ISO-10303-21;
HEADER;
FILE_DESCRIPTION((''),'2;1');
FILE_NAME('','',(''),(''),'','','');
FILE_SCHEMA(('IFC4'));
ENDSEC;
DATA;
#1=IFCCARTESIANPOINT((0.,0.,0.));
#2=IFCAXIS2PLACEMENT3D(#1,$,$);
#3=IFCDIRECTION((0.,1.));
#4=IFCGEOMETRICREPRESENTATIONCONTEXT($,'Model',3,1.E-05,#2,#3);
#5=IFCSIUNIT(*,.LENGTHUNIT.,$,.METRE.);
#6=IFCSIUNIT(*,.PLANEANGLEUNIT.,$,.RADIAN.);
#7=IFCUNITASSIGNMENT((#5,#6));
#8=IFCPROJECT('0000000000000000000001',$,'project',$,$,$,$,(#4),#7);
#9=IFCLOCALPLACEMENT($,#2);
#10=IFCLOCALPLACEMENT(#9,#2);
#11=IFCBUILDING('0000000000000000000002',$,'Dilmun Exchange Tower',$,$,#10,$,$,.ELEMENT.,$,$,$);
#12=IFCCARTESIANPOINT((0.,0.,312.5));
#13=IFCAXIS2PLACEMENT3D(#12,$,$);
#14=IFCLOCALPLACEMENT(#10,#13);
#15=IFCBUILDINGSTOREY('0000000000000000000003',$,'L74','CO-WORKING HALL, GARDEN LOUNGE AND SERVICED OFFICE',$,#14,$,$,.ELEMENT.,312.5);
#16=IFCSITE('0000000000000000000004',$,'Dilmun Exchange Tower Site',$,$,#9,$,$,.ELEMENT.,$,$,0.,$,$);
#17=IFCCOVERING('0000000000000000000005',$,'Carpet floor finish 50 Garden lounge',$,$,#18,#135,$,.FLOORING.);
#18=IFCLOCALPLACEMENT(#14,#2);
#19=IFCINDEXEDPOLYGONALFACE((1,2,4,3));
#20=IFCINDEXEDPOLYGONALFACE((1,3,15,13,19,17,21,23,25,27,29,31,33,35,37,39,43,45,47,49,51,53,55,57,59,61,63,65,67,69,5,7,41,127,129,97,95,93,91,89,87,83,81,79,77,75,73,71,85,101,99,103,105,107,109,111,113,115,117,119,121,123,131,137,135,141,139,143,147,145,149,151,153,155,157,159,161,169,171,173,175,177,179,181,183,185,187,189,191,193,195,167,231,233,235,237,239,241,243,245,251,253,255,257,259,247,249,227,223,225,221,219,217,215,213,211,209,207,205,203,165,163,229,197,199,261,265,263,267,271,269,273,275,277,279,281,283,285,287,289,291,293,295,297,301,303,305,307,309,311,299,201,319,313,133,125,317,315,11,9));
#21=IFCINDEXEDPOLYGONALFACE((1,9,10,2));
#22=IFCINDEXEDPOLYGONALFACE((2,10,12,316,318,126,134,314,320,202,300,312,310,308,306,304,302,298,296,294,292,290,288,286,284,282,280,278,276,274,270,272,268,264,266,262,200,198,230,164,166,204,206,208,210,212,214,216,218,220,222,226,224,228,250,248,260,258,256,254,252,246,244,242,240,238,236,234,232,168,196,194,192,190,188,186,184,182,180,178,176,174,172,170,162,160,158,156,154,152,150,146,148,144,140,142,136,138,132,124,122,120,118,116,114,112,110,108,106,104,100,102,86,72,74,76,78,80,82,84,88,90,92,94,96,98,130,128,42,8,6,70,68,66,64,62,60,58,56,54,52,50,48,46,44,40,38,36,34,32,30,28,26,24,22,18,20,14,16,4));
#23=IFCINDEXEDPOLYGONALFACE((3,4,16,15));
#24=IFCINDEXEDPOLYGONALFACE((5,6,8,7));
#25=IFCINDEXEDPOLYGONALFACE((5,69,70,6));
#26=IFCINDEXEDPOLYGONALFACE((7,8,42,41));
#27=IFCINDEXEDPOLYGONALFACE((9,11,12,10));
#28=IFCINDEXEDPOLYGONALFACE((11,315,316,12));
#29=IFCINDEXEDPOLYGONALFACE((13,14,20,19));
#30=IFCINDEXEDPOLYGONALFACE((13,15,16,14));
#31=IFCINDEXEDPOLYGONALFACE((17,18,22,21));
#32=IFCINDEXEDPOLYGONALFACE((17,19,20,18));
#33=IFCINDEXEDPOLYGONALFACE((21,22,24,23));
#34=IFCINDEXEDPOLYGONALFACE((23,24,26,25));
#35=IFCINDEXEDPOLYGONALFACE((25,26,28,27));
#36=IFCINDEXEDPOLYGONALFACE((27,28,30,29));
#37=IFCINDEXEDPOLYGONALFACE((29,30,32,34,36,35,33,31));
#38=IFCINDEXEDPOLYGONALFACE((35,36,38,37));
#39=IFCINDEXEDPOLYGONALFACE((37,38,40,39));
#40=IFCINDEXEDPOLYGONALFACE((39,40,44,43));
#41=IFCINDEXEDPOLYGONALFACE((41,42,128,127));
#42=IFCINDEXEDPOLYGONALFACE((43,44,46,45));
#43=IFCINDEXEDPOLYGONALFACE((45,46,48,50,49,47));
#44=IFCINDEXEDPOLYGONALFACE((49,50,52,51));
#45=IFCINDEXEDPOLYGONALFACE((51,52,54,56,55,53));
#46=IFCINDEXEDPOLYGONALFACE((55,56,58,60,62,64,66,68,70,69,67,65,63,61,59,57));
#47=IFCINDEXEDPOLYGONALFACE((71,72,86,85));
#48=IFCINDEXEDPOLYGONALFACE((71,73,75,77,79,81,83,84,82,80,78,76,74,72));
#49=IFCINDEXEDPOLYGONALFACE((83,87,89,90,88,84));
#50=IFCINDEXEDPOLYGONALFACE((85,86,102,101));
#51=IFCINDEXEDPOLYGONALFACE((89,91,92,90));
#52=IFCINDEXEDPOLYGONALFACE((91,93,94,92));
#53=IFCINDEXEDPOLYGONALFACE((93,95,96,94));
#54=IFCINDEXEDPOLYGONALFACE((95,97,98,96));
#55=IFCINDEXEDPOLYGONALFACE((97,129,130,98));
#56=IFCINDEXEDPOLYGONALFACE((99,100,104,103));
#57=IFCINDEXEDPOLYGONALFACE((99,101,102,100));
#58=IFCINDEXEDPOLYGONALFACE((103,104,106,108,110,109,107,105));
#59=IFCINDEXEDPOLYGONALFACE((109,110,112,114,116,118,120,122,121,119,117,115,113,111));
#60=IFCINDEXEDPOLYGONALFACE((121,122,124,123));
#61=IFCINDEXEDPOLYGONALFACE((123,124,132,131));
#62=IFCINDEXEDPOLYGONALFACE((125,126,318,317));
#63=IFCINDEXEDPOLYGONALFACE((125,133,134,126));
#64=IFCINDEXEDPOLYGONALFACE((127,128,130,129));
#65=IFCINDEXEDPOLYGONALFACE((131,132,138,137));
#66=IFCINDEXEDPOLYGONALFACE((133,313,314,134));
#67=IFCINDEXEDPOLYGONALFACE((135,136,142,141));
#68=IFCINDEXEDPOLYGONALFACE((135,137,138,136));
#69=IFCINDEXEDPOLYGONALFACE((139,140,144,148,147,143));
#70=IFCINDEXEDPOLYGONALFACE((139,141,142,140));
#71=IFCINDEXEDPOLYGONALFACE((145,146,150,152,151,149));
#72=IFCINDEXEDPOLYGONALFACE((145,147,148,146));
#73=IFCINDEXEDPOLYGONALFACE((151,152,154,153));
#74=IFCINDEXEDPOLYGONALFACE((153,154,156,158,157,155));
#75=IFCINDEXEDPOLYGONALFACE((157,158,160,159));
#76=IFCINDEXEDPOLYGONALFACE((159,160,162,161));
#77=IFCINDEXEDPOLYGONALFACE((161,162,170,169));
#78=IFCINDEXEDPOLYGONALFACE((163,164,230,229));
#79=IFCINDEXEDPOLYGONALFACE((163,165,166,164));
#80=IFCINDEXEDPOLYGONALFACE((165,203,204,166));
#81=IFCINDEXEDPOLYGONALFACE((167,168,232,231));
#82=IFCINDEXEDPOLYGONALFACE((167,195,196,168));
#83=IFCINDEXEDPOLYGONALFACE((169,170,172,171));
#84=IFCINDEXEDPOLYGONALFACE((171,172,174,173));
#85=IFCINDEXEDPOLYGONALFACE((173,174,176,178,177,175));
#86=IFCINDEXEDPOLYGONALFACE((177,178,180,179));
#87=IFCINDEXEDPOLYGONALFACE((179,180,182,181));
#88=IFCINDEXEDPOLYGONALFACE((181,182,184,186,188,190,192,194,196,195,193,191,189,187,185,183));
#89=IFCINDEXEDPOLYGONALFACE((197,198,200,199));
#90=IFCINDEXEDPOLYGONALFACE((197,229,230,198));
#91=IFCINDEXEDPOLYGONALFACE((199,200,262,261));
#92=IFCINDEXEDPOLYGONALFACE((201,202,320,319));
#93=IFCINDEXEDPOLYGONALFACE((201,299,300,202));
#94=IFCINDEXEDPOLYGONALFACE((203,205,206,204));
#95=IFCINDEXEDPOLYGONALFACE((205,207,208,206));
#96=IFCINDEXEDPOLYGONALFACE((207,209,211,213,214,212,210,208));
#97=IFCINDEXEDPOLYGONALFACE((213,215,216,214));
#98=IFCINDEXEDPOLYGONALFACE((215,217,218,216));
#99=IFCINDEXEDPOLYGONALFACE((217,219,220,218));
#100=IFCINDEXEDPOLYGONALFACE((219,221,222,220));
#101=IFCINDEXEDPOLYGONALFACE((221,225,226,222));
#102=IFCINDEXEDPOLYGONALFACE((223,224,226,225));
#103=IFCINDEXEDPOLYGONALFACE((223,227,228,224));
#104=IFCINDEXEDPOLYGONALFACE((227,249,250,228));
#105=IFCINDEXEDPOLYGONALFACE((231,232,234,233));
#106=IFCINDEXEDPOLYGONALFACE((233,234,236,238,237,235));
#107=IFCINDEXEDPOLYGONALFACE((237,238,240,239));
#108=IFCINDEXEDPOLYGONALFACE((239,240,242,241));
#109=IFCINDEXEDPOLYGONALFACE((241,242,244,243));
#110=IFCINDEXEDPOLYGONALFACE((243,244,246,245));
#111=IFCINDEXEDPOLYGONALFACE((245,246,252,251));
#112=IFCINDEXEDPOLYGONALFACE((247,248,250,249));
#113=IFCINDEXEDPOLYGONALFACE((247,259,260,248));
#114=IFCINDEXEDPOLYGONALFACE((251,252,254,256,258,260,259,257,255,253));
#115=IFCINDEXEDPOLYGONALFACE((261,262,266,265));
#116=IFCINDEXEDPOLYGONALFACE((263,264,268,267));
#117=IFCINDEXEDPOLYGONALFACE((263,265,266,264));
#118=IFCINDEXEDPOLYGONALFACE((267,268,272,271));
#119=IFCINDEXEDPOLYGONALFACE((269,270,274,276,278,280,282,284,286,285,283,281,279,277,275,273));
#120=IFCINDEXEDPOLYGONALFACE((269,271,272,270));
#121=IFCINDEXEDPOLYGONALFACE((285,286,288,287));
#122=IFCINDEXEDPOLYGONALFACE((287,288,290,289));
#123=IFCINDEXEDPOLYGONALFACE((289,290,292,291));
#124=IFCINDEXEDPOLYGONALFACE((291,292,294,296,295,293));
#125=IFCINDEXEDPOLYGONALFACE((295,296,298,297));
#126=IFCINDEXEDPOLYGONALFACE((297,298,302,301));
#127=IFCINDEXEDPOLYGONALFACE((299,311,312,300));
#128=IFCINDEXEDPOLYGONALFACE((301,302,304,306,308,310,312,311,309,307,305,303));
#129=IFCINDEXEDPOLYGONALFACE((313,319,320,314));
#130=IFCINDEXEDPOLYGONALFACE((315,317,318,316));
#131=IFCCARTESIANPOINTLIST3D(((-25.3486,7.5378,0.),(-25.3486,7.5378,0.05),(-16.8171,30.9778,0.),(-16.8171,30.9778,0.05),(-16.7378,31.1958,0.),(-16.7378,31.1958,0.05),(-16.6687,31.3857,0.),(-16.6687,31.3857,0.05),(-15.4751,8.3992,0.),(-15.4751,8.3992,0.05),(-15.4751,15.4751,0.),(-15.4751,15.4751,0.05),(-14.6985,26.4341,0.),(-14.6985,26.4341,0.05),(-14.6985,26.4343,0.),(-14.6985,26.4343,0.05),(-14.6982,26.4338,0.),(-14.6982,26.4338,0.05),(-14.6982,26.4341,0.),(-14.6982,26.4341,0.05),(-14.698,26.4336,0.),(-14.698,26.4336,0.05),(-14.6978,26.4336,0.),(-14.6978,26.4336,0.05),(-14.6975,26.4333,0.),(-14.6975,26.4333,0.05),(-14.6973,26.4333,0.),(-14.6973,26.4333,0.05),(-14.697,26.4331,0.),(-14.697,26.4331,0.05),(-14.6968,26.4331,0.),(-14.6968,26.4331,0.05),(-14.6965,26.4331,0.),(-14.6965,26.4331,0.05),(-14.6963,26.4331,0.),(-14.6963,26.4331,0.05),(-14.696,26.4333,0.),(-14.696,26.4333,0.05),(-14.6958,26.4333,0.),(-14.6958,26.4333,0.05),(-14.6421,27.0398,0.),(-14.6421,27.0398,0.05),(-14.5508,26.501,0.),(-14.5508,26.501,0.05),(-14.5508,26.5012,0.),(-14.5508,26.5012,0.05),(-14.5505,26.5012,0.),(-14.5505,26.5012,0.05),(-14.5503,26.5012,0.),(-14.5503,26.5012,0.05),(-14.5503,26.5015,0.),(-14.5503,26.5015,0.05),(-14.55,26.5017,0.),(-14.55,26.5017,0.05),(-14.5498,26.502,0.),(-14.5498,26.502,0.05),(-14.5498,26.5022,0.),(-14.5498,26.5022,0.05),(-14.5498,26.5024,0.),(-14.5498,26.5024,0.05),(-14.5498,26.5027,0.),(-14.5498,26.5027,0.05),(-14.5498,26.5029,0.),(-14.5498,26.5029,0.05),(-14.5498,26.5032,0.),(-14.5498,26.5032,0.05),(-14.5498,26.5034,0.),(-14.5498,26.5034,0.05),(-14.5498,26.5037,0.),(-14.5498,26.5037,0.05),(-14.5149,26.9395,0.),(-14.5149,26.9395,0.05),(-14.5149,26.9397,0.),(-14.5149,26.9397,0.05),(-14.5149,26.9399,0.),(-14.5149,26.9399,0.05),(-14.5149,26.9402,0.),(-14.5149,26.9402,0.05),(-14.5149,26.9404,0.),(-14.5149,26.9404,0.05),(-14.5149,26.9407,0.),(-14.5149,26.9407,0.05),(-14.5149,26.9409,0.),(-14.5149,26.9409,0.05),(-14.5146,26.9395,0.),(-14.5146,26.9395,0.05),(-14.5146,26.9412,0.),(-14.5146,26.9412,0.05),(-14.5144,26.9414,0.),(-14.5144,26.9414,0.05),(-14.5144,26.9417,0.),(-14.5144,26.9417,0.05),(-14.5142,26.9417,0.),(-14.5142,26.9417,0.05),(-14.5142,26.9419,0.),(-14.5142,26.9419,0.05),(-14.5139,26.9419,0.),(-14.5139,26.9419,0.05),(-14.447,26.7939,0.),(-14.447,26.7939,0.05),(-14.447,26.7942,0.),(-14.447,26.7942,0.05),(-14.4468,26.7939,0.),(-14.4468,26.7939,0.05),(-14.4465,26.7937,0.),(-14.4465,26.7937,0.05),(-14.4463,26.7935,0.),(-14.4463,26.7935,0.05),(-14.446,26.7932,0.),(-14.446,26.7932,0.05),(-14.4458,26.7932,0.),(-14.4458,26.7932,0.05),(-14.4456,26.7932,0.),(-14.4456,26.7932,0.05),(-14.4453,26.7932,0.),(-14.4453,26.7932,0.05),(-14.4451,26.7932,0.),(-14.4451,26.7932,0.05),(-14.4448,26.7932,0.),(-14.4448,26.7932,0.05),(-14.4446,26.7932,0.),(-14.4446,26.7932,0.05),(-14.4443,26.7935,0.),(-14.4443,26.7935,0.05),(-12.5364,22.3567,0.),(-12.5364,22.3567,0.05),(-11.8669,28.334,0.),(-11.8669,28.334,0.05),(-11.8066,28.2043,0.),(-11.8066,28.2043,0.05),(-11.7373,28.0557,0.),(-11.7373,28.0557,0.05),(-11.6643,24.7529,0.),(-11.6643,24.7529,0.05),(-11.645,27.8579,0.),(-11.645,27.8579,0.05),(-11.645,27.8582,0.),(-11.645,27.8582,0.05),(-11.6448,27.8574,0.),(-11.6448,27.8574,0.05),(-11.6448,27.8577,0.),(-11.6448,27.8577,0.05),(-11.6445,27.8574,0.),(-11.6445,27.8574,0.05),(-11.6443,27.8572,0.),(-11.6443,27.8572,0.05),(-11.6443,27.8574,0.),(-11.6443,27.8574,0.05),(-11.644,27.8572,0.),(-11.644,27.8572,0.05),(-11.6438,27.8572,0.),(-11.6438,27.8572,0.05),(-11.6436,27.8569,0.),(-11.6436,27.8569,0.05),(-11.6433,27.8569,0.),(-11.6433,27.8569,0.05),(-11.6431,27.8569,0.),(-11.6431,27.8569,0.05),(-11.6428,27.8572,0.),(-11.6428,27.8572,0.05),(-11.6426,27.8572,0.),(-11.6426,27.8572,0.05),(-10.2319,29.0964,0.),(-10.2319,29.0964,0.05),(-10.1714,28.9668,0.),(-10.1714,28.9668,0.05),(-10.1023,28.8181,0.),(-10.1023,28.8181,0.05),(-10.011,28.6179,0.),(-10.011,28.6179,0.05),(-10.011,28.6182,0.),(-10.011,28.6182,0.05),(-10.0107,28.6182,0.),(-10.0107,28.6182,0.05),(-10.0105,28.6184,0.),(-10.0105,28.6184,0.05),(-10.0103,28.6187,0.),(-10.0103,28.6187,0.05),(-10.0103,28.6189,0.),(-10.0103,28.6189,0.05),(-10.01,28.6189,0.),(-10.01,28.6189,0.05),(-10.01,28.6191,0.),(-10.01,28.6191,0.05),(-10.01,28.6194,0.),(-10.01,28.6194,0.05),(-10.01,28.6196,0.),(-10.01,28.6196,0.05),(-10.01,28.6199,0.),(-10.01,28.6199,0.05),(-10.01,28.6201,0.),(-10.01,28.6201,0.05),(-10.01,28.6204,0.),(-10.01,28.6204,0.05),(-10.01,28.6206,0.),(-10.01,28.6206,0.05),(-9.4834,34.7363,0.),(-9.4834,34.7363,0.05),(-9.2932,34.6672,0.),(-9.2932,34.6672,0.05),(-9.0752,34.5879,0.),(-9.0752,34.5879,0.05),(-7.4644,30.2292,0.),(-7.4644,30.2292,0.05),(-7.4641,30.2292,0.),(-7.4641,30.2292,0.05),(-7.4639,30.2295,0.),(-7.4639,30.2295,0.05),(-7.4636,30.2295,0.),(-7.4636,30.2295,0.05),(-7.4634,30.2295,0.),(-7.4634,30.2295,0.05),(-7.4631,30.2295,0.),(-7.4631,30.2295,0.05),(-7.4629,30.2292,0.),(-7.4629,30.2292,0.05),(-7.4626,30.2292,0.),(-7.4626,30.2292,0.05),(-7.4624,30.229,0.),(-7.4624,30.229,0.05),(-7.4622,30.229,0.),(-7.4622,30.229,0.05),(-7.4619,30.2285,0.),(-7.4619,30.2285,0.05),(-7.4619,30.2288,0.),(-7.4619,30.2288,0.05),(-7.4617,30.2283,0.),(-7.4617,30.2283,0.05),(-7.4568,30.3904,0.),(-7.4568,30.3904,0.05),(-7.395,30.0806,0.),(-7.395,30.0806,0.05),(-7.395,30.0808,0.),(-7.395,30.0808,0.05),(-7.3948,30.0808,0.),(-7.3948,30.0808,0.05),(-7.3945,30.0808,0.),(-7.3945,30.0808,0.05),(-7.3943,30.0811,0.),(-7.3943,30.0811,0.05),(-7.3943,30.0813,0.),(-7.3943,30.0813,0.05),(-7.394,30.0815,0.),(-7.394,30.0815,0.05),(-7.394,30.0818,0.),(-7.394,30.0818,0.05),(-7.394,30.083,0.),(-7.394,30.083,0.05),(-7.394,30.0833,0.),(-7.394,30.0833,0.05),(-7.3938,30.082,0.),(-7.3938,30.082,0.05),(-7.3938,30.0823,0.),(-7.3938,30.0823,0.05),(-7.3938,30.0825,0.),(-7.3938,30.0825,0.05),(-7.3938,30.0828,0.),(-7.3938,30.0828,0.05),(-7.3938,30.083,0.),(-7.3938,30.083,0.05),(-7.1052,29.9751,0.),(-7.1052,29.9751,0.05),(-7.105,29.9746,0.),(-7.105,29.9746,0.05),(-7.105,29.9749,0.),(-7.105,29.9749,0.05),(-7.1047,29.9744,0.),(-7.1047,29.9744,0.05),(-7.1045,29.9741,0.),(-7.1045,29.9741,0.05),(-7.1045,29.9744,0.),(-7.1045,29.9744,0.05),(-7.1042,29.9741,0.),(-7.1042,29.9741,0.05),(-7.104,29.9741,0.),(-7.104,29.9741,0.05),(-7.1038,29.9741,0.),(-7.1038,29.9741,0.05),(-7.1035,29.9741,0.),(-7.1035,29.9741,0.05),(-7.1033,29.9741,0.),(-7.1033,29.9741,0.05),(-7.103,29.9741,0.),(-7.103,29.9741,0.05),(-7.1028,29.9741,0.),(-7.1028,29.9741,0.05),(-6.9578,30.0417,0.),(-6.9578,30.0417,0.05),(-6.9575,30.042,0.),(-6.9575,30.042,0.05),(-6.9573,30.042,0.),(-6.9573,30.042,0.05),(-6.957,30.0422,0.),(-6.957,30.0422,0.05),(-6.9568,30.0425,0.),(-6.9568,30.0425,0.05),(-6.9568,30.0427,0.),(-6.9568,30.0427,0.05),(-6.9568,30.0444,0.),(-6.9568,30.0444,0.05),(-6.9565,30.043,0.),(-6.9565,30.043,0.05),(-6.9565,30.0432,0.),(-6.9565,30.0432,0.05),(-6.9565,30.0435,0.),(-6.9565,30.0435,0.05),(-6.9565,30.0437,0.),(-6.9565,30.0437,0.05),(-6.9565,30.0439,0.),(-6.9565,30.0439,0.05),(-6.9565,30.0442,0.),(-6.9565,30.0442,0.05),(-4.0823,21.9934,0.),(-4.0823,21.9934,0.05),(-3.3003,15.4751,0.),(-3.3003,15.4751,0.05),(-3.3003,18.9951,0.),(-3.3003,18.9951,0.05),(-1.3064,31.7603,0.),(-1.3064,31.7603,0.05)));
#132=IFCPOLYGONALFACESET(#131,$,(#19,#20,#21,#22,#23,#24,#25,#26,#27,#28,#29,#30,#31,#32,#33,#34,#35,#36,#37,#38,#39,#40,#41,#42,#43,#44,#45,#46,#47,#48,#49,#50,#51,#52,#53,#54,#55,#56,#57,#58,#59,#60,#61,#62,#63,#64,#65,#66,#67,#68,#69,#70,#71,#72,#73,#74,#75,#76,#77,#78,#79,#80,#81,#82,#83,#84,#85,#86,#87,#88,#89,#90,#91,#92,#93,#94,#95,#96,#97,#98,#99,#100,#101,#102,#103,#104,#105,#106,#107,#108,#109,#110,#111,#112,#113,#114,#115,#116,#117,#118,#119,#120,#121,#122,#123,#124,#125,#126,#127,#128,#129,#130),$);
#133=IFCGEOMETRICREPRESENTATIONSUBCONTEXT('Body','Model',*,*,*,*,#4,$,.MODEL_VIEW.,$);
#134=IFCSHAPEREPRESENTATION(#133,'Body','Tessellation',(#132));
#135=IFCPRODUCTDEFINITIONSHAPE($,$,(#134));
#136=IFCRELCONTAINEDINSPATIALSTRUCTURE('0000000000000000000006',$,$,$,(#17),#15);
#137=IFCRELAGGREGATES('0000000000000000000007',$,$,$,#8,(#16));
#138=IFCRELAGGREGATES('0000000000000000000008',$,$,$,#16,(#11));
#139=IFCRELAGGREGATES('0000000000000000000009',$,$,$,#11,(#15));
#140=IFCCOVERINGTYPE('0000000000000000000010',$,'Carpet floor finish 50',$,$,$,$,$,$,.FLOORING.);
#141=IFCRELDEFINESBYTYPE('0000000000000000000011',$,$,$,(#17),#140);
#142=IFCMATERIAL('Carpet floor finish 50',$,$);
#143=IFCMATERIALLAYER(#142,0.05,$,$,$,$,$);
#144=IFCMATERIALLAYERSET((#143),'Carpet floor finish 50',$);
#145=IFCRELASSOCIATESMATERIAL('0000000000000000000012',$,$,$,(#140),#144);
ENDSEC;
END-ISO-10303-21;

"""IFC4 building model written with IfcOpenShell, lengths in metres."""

from ifc_helpers import new_model, si_unit, direction, frame, origin, place, context, subcontext, project, spatial, polyline, outline, extrude, material, layer, layer_set, type_object, element, save


model = new_model("IFC4")

# Units and contexts
model_context = context("Model", 3, precision=1e-05, world=origin(), true_north=direction((0.0, 1.0)))
body_context = subcontext(model_context, "Body", "Model", "MODEL_VIEW")
ifc_project = project(units=[si_unit("LENGTHUNIT", "METRE"), si_unit("PLANEANGLEUNIT", "RADIAN")], contexts=[model_context])

# Site, building, storey
site_placement = place(None, origin())
site = spatial("IfcSite", under=ifc_project, at=site_placement, Name="Dilmun Exchange Tower Site", CompositionType="ELEMENT", RefElevation=0.0)
building_placement = place(site_placement, origin())
building = spatial("IfcBuilding", under=site, at=building_placement, Name="Dilmun Exchange Tower", CompositionType="ELEMENT")
storey_placement = place(building_placement, frame((0.0, 0.0, 312.5)))
storey = spatial("IfcBuildingStorey", under=building, at=storey_placement, Name="L74", Description="CO-WORKING HALL, GARDEN LOUNGE AND SERVICED OFFICE", CompositionType="ELEMENT", Elevation=312.5)

# Covering
ifc_material_1 = material(Name="Carpet floor finish 50")
ifc_layer_1 = layer(ifc_material_1, 0.05)
ifc_layer_set_1 = layer_set([ifc_layer_1], Name="Carpet floor finish 50")
covering_type_1 = type_object("IfcCoveringType", Name="Carpet floor finish 50", PredefinedType="FLOORING", material=ifc_layer_set_1)
covering_1_placement = place(storey_placement, origin())
element("IfcCovering", 1, at=covering_1_placement, inside=storey, type_object=covering_type_1, Name="Carpet floor finish 50 Garden lounge", PredefinedType="FLOORING", context=body_context, shape_type="SweptSolid", body=[
    extrude(outline(polyline([(-15.4751, 15.4751), (-15.4751, 8.3992), (-25.3486, 7.5378), (-16.8171, 30.9778), (-14.6985, 26.4343), (-14.6985, 26.4341), (-14.6982, 26.4341), (-14.6982, 26.4338), (-14.698, 26.4336), (-14.698, 26.4336), (-14.6978, 26.4336), (-14.6975, 26.4333), (-14.6975, 26.4333), (-14.6973, 26.4333), (-14.697, 26.4331), (-14.6968, 26.4331), (-14.6965, 26.4331), (-14.6963, 26.4331), (-14.6963, 26.4331), (-14.696, 26.4333), (-14.6958, 26.4333), (-14.5508, 26.501), (-14.5508, 26.5012), (-14.5505, 26.5012), (-14.5503, 26.5012), (-14.5503, 26.5015), (-14.55, 26.5017), (-14.55, 26.5017), (-14.5498, 26.502), (-14.5498, 26.5022), (-14.5498, 26.5022), (-14.5498, 26.5024), (-14.5498, 26.5027), (-14.5498, 26.5029), (-14.5498, 26.5032), (-14.5498, 26.5034), (-14.5498, 26.5034), (-14.5498, 26.5037), (-16.7378, 31.1958), (-16.6687, 31.3857), (-14.6421, 27.0398), (-11.8669, 28.334), (-11.8066, 28.2043), (-14.5139, 26.9419), (-14.5139, 26.9419), (-14.5142, 26.9419), (-14.5142, 26.9417), (-14.5144, 26.9417), (-14.5144, 26.9414), (-14.5146, 26.9412), (-14.5146, 26.9412), (-14.5149, 26.9409), (-14.5149, 26.9407), (-14.5149, 26.9404), (-14.5149, 26.9402), (-14.5149, 26.9402), (-14.5149, 26.9399), (-14.5149, 26.9397), (-14.5149, 26.9395), (-14.5146, 26.9395), (-14.447, 26.7942), (-14.447, 26.7942), (-14.447, 26.7939), (-14.4468, 26.7939), (-14.4465, 26.7937), (-14.4465, 26.7937), (-14.4463, 26.7935), (-14.4463, 26.7935), (-14.446, 26.7932), (-14.4458, 26.7932), (-14.4456, 26.7932), (-14.4453, 26.7932), (-14.4453, 26.7932), (-14.4451, 26.7932), (-14.4448, 26.7932), (-14.4446, 26.7932), (-14.4443, 26.7935), (-11.7373, 28.0557), (-11.645, 27.8582), (-11.645, 27.8579), (-11.645, 27.8579), (-11.6448, 27.8577), (-11.6448, 27.8574), (-11.6445, 27.8574), (-11.6443, 27.8574), (-11.6443, 27.8572), (-11.644, 27.8572), (-11.6438, 27.8572), (-11.6436, 27.8569), (-11.6433, 27.8569), (-11.6433, 27.8569), (-11.6431, 27.8569), (-11.6428, 27.8572), (-11.6426, 27.8572), (-11.6426, 27.8572), (-10.011, 28.6179), (-10.011, 28.6182), (-10.0107, 28.6182), (-10.0105, 28.6184), (-10.0105, 28.6184), (-10.0103, 28.6187), (-10.0103, 28.6189), (-10.01, 28.6189), (-10.01, 28.6191), (-10.01, 28.6194), (-10.01, 28.6194), (-10.01, 28.6196), (-10.01, 28.6199), (-10.01, 28.6201), (-10.01, 28.6204), (-10.01, 28.6206), (-10.01, 28.6206), (-10.1023, 28.8181), (-7.395, 30.0806), (-7.395, 30.0808), (-7.3948, 30.0808), (-7.3945, 30.0808), (-7.3943, 30.0811), (-7.3943, 30.0813), (-7.3943, 30.0813), (-7.394, 30.0815), (-7.394, 30.0818), (-7.394, 30.0818), (-7.3938, 30.082), (-7.3938, 30.0823), (-7.3938, 30.0825), (-7.3938, 30.0828), (-7.3938, 30.083), (-7.394, 30.083), (-7.394, 30.0833), (-7.4617, 30.2283), (-7.4619, 30.2285), (-7.4619, 30.2285), (-7.4619, 30.2288), (-7.4622, 30.229), (-7.4624, 30.229), (-7.4624, 30.229), (-7.4626, 30.2292), (-7.4629, 30.2292), (-7.4629, 30.2292), (-7.4631, 30.2295), (-7.4634, 30.2295), (-7.4636, 30.2295), (-7.4639, 30.2295), (-7.4641, 30.2292), (-7.4641, 30.2292), (-7.4644, 30.2292), (-10.1714, 28.9668), (-10.2319, 29.0964), (-7.4568, 30.3904), (-9.4834, 34.7363), (-9.2932, 34.6672), (-7.1052, 29.9751), (-7.1052, 29.9751), (-7.105, 29.9749), (-7.105, 29.9746), (-7.105, 29.9746), (-7.1047, 29.9744), (-7.1045, 29.9744), (-7.1045, 29.9741), (-7.1042, 29.9741), (-7.104, 29.9741), (-7.1038, 29.9741), (-7.1035, 29.9741), (-7.1035, 29.9741), (-7.1033, 29.9741), (-7.103, 29.9741), (-7.1028, 29.9741), (-7.1028, 29.9741), (-6.9578, 30.0417), (-6.9575, 30.042), (-6.9573, 30.042), (-6.9573, 30.042), (-6.957, 30.0422), (-6.9568, 30.0425), (-6.9568, 30.0425), (-6.9568, 30.0427), (-6.9565, 30.043), (-6.9565, 30.0432), (-6.9565, 30.0432), (-6.9565, 30.0435), (-6.9565, 30.0437), (-6.9565, 30.0439), (-6.9565, 30.0442), (-6.9565, 30.0442), (-6.9568, 30.0444), (-9.0752, 34.5879), (-1.3064, 31.7603), (-4.0823, 21.9934), (-11.6643, 24.7529), (-12.5364, 22.3567), (-3.3003, 18.9951), (-3.3003, 15.4751), (-15.4751, 15.4751)])), origin(), (0.0, 0.0, 1.0), 0.05),
])

save(model, "model.ifc")
